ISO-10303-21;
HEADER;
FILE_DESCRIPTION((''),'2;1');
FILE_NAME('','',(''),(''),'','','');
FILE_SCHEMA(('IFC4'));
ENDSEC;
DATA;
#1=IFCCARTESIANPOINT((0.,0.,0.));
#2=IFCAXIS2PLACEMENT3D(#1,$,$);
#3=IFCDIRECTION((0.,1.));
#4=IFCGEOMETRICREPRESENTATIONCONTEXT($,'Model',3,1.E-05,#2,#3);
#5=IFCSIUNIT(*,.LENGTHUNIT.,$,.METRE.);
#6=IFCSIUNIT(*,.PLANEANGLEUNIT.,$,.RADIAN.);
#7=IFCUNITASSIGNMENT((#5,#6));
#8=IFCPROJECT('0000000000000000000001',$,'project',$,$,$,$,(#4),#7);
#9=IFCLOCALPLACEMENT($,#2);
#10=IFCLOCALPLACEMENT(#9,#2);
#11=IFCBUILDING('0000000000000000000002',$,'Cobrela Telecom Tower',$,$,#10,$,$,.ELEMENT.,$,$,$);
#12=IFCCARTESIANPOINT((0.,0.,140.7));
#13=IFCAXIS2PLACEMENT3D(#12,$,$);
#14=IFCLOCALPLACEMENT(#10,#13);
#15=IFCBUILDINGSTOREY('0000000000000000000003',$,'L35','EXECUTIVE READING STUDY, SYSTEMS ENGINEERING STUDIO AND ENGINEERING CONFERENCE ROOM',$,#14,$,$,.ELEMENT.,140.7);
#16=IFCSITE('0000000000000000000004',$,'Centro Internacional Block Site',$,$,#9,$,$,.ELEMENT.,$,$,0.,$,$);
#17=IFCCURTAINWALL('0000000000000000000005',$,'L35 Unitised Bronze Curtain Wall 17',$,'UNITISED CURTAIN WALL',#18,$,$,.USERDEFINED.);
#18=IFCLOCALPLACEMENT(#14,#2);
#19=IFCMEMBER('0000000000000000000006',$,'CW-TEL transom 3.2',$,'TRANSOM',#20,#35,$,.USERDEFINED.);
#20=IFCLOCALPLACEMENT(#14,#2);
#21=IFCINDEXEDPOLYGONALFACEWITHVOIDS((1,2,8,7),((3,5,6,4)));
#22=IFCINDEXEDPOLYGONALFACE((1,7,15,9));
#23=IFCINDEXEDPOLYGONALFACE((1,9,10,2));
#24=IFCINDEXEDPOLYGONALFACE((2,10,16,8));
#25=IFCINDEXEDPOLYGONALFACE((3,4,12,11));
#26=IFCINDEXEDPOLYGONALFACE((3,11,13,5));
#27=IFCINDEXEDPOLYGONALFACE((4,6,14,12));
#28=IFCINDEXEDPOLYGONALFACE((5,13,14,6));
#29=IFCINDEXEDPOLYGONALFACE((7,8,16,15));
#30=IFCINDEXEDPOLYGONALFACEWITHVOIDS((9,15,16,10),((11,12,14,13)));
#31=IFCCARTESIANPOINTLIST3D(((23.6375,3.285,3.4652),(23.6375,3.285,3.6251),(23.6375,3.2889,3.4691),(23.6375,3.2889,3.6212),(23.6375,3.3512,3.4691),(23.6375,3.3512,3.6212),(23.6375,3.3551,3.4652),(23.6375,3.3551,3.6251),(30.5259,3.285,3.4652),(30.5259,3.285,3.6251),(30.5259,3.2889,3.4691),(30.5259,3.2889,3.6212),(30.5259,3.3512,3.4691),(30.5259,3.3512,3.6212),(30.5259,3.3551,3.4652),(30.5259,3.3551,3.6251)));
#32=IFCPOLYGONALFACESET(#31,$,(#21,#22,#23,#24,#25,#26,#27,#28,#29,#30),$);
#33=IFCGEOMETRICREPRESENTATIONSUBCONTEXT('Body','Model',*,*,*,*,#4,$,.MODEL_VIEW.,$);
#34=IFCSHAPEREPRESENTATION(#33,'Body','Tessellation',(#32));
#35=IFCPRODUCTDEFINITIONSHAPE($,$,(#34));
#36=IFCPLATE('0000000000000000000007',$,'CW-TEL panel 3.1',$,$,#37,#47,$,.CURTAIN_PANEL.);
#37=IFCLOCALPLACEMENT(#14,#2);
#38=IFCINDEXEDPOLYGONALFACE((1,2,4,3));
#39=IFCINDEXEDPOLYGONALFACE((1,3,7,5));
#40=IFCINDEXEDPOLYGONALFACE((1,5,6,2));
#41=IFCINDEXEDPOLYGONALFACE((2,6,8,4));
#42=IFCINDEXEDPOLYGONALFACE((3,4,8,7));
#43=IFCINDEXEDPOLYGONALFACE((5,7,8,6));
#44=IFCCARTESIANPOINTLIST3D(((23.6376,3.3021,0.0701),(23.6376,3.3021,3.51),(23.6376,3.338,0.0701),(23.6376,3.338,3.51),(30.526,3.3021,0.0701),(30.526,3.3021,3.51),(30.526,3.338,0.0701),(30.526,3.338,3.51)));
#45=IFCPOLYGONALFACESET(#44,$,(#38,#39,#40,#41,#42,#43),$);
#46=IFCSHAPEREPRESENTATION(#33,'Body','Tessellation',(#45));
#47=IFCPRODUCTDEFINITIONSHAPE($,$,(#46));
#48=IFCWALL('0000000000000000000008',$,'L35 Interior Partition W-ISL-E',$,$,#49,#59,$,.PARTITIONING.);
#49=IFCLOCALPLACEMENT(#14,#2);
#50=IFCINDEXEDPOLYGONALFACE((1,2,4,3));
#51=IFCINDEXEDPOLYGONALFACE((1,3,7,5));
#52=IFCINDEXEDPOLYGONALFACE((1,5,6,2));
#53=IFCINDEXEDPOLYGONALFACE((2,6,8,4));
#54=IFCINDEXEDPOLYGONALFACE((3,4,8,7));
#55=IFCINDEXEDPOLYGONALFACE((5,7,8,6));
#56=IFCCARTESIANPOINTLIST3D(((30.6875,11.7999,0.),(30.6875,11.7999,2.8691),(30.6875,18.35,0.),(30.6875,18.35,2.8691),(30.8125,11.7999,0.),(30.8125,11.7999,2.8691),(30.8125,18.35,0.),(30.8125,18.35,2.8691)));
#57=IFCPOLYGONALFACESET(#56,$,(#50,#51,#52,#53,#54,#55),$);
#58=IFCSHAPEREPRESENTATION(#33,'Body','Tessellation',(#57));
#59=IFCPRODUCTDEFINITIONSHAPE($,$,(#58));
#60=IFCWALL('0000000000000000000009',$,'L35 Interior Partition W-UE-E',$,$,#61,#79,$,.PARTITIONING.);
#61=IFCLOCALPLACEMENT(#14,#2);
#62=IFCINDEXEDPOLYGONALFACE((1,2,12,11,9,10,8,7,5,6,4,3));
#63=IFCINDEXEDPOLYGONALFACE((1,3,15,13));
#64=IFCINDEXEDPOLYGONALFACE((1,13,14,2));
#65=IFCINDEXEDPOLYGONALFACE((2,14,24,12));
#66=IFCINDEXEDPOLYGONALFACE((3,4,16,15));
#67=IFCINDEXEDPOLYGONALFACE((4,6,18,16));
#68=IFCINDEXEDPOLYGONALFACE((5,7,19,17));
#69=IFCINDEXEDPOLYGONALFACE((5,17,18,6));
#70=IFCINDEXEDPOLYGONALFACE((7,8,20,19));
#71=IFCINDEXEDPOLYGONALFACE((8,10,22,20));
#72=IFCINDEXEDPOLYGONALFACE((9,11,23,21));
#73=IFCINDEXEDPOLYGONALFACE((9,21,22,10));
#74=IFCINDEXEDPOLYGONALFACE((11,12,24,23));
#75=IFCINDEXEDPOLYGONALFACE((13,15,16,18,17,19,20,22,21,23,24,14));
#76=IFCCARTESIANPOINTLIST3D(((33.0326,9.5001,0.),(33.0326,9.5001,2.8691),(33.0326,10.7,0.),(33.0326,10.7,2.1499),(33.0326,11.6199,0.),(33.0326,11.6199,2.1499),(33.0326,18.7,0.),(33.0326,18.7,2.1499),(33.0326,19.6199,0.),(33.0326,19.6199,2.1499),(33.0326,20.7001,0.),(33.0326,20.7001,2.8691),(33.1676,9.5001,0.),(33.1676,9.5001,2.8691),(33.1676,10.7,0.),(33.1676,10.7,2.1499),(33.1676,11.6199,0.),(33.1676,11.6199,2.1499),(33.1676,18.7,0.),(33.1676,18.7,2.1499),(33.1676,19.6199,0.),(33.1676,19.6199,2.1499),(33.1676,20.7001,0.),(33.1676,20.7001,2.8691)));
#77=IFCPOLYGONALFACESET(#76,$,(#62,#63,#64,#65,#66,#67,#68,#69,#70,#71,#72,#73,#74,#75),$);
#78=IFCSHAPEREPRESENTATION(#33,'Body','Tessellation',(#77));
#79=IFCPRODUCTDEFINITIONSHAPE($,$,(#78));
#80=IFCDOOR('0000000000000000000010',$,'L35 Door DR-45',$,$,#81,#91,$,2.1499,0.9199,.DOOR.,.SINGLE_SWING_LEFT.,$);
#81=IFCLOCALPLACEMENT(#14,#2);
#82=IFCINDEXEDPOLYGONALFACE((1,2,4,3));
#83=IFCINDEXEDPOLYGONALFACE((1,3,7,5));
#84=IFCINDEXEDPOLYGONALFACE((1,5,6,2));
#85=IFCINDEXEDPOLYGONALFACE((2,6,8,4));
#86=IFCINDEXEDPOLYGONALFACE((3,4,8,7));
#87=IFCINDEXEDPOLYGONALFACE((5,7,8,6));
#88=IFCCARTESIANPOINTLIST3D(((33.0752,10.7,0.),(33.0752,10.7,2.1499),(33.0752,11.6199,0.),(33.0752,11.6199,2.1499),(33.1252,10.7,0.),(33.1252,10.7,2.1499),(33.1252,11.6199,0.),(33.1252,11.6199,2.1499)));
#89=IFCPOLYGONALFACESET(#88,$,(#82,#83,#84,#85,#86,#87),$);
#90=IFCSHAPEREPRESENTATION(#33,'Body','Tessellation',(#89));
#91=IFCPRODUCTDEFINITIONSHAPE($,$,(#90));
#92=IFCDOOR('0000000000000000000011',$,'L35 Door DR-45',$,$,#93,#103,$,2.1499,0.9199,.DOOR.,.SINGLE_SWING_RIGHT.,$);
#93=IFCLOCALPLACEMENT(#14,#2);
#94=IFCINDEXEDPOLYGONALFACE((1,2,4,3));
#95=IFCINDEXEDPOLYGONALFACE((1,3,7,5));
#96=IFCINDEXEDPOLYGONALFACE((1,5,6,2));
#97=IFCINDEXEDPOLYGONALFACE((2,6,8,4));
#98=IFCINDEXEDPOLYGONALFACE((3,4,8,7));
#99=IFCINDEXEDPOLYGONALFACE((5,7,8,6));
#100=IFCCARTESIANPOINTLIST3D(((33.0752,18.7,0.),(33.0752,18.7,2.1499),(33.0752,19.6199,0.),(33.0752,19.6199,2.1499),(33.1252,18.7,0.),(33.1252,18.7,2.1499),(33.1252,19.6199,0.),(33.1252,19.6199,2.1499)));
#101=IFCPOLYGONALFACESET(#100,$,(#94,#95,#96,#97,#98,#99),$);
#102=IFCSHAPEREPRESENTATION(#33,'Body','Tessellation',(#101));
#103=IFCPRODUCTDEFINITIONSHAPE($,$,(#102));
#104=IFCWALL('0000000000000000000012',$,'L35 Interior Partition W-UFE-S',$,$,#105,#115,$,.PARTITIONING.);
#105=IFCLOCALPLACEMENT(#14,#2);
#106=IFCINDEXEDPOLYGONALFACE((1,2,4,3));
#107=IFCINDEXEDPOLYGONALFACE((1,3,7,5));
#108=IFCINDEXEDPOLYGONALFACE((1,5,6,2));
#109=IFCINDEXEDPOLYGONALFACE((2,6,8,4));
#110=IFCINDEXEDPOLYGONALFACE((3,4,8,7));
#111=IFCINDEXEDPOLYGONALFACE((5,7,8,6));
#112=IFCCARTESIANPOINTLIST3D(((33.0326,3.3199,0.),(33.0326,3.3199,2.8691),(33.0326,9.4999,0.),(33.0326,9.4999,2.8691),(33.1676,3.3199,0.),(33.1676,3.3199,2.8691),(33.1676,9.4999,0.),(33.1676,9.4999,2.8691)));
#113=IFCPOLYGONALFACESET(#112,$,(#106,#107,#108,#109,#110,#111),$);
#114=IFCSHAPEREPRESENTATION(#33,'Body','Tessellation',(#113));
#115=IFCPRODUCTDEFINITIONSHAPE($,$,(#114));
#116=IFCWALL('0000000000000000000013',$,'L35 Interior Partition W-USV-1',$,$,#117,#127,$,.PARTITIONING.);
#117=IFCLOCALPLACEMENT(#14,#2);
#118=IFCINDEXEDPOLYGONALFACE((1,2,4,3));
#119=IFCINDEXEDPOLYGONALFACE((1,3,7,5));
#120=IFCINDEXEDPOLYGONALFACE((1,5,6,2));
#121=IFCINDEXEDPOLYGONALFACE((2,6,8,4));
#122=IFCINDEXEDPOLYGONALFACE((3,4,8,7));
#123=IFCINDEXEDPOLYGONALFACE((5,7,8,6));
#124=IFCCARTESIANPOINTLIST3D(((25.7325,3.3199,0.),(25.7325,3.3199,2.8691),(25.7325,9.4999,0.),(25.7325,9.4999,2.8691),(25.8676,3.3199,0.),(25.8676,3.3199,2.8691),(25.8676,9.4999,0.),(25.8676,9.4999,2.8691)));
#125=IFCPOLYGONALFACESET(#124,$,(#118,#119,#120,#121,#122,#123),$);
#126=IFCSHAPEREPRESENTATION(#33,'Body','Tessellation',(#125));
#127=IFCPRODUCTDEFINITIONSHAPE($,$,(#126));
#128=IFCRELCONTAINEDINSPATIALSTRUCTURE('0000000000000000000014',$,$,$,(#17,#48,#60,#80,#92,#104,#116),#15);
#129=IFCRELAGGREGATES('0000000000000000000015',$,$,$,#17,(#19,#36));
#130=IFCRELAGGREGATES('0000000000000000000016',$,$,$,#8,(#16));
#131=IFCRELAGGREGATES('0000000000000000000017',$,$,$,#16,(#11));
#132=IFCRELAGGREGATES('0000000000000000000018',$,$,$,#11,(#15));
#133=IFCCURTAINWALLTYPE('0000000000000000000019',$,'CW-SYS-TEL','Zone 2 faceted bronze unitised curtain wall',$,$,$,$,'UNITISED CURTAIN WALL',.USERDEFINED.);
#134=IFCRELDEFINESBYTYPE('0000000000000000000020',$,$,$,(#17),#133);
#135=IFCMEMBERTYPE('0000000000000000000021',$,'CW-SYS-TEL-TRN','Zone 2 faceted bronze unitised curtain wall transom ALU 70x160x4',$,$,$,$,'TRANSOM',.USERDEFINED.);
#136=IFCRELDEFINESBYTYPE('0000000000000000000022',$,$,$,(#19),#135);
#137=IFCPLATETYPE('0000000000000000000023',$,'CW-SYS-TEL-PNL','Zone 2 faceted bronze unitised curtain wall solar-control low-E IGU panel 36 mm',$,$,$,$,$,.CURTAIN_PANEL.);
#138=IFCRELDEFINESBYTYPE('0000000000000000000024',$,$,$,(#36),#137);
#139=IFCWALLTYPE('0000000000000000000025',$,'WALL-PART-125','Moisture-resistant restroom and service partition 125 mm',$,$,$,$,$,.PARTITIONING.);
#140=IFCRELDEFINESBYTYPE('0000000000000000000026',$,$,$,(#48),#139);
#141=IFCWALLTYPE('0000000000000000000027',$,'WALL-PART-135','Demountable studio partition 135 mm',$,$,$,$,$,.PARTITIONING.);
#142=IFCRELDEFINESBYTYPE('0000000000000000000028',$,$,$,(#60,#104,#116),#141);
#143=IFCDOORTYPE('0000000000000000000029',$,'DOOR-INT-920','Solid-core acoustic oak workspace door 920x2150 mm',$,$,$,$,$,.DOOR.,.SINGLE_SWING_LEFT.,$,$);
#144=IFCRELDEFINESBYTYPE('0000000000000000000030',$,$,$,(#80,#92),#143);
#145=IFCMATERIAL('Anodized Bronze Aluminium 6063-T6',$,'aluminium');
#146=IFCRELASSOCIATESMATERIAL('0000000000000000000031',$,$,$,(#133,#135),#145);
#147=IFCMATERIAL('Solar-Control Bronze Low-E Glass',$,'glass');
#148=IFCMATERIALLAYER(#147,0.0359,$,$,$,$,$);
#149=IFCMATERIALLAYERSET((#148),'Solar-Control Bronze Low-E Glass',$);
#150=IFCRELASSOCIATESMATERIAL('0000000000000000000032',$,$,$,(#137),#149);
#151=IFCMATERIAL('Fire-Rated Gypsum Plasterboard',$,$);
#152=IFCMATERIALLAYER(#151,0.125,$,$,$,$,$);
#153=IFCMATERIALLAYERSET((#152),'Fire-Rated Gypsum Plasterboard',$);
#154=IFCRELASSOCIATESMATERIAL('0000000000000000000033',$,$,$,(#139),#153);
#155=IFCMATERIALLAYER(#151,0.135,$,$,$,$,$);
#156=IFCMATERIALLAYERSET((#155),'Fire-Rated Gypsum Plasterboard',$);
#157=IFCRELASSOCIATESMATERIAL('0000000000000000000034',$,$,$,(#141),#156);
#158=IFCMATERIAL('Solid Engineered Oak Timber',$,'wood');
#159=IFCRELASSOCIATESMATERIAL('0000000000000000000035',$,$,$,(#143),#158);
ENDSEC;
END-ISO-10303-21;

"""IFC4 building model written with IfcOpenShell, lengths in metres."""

from ifc_helpers import new_model, si_unit, direction, frame, frame_2d, origin, origin_2d, place, context, subcontext, project, spatial, rectangle, hollow_rectangle, extrude, material, layer, layer_set, material_profile, profile_set, type_object, element, fill, aggregate, save


model = new_model("IFC4")

# Units and contexts
model_context = context("Model", 3, precision=1e-05, world=origin(), true_north=direction((0.0, 1.0)))
body_context = subcontext(model_context, "Body", "Model", "MODEL_VIEW")
ifc_project = project(units=[si_unit("LENGTHUNIT", "METRE"), si_unit("PLANEANGLEUNIT", "RADIAN")], contexts=[model_context])

# Site, building, storey
site_placement = place(None, origin())
site = spatial("IfcSite", under=ifc_project, at=site_placement, Name="Centro Internacional Block Site", CompositionType="ELEMENT", RefElevation=0.0)
building_placement = place(site_placement, origin())
building = spatial("IfcBuilding", under=site, at=building_placement, Name="Cobrela Telecom Tower", CompositionType="ELEMENT")
storey_placement = place(building_placement, frame((0.0, 0.0, 140.7)))
storey = spatial("IfcBuildingStorey", under=building, at=storey_placement, Name="L35", Description="EXECUTIVE READING STUDY, SYSTEMS ENGINEERING STUDIO AND ENGINEERING CONFERENCE ROOM", CompositionType="ELEMENT", Elevation=140.7)

# Curtain wall, member, plate
ifc_material_1 = material(Name="Anodized Bronze Aluminium 6063-T6", Category="aluminium")
curtain_wall_type = type_object("IfcCurtainWallType", Name="CW-SYS-TEL", Description="Zone 2 faceted bronze unitised curtain wall", ElementType="UNITISED CURTAIN WALL", PredefinedType="USERDEFINED", material=ifc_material_1)
curtain_wall_placement = place(storey_placement, origin())
curtain_wall = element("IfcCurtainWall", 1, at=curtain_wall_placement, inside=storey, type_object=curtain_wall_type, Name="L35 Unitised Bronze Curtain Wall 17", ObjectType="UNITISED CURTAIN WALL", PredefinedType="USERDEFINED")
ifc_material_profile_1 = material_profile(ifc_material_1, hollow_rectangle(XDim=0.0701, YDim=0.1599, WallThickness=0.0039, at=origin_2d()), Name="ALU 70x160x4")
ifc_profile_set_1 = profile_set([ifc_material_profile_1], Name="Anodized Bronze Aluminium 6063-T6")
member_type_1 = type_object("IfcMemberType", Name="CW-SYS-TEL-TRN", Description="Zone 2 faceted bronze unitised curtain wall transom ALU 70x160x4", ElementType="TRANSOM", PredefinedType="USERDEFINED", material=ifc_profile_set_1)
member_1_placement = place(storey_placement, frame((30.5259, 3.3201, 3.5452), z_axis=(-1.0, 0.0, 0.0), x_axis=(0.0, -1.0, 0.0)))
member_1 = element("IfcMember", 2, at=member_1_placement, type_object=member_type_1, Name="CW-TEL transom 3.2", ObjectType="TRANSOM", PredefinedType="USERDEFINED", context=body_context, shape_type="SweptSolid", body=[
    extrude(hollow_rectangle(XDim=0.0701, YDim=0.1599, WallThickness=0.0039, at=origin_2d()), origin(), (0.0, 0.0, 1.0), 6.8884),
])
ifc_material_2 = material(Name="Solar-Control Bronze Low-E Glass", Category="glass")
ifc_layer_1 = layer(ifc_material_2, 0.0359)
ifc_layer_set_1 = layer_set([ifc_layer_1], Name="Solar-Control Bronze Low-E Glass")
plate_type = type_object("IfcPlateType", Name="CW-SYS-TEL-PNL", Description="Zone 2 faceted bronze unitised curtain wall solar-control low-E IGU panel 36 mm", PredefinedType="CURTAIN_PANEL", material=ifc_layer_set_1)
plate_placement = place(storey_placement, frame((27.0818, 3.3201, 0.0701), z_axis=(0.0, 0.0, 1.0), x_axis=(-1.0, 0.0, 0.0)))
plate = element("IfcPlate", 3, at=plate_placement, type_object=plate_type, Name="CW-TEL panel 3.1", PredefinedType="CURTAIN_PANEL", context=body_context, shape_type="SweptSolid", body=[
    extrude(rectangle(XDim=6.8884, YDim=0.0359, at=origin_2d()), origin(), (0.0, 0.0, 1.0), 3.4399),
])
aggregate(curtain_wall, [member_1, plate])

# Wall
ifc_material_3 = material(Name="Fire-Rated Gypsum Plasterboard")
ifc_layer_2 = layer(ifc_material_3, 0.125)
ifc_layer_set_2 = layer_set([ifc_layer_2], Name="Fire-Rated Gypsum Plasterboard")
wall_type_1 = type_object("IfcWallType", Name="WALL-PART-125", Description="Moisture-resistant restroom and service partition 125 mm", PredefinedType="PARTITIONING", material=ifc_layer_set_2)
wall_1_placement = place(storey_placement, frame((30.75, 11.8, 0.0), z_axis=(0.0, 0.0, 1.0), x_axis=(0.0, 1.0, 0.0)))
element("IfcWall", 4, at=wall_1_placement, inside=storey, type_object=wall_type_1, Name="L35 Interior Partition W-ISL-E", PredefinedType="PARTITIONING", context=body_context, shape_type="SweptSolid", body=[
    extrude(rectangle(XDim=6.55, YDim=0.125, at=frame_2d((3.2749, 0.0))), origin(), (0.0, 0.0, 1.0), 2.8691),
])

# Wall, openings, doors
ifc_layer_3 = layer(ifc_material_3, 0.135)
ifc_layer_set_3 = layer_set([ifc_layer_3], Name="Fire-Rated Gypsum Plasterboard")
wall_type_2 = type_object("IfcWallType", Name="WALL-PART-135", Description="Demountable studio partition 135 mm", PredefinedType="PARTITIONING", material=ifc_layer_set_3)
wall_2_placement = place(storey_placement, frame((33.1001, 9.5, 0.0), z_axis=(0.0, 0.0, 1.0), x_axis=(0.0, 1.0, 0.0)))
wall_2 = element("IfcWall", 5, at=wall_2_placement, inside=storey, type_object=wall_type_2, Name="L35 Interior Partition W-UE-E", PredefinedType="PARTITIONING", context=body_context, shape_type="SweptSolid", body=[
    extrude(rectangle(XDim=11.2, YDim=0.135, at=frame_2d((5.6001, 0.0))), origin(), (0.0, 0.0, 1.0), 2.8691),
])
opening_1_placement = place(wall_2_placement, frame((1.2, 0.0, 0.0)))
opening_1 = element("IfcOpeningElement", 6, at=opening_1_placement, cuts=wall_2, PredefinedType="OPENING", context=body_context, shape_type="SweptSolid", body=[
    extrude(rectangle(XDim=0.9199, YDim=2.1499, at=frame_2d((0.46, 1.075))), frame((0.0, 0.0796, 0.0), z_axis=(0.0, -1.0, 0.0), x_axis=(1.0, 0.0, 0.0)), (0.0, 0.0, 1.0), 0.1589),
])
opening_2_placement = place(wall_2_placement, frame((9.2, 0.0, 0.0)))
opening_2 = element("IfcOpeningElement", 7, at=opening_2_placement, cuts=wall_2, PredefinedType="OPENING", context=body_context, shape_type="SweptSolid", body=[
    extrude(rectangle(XDim=0.9199, YDim=2.1499, at=frame_2d((0.46, 1.075))), frame((0.0, 0.0796, 0.0), z_axis=(0.0, -1.0, 0.0), x_axis=(1.0, 0.0, 0.0)), (0.0, 0.0, 1.0), 0.1589),
])
ifc_material_4 = material(Name="Solid Engineered Oak Timber", Category="wood")
door_type = type_object("IfcDoorType", Name="DOOR-INT-920", Description="Solid-core acoustic oak workspace door 920x2150 mm", OperationType="SINGLE_SWING_LEFT", PredefinedType="DOOR", material=ifc_material_4)
door_1_placement = place(opening_1_placement, origin())
door_1 = element("IfcDoor", 8, at=door_1_placement, inside=storey, type_object=door_type, Name="L35 Door DR-45", OperationType="SINGLE_SWING_LEFT", OverallHeight=2.1499, OverallWidth=0.9199, PredefinedType="DOOR", context=body_context, shape_type="SweptSolid", body=[
    extrude(rectangle(XDim=0.9199, YDim=2.1499, at=frame_2d((0.46, 1.075))), frame((0.0, 0.0249, 0.0), z_axis=(0.0, -1.0, 0.0), x_axis=(1.0, 0.0, 0.0)), (0.0, 0.0, 1.0), 0.05),
])
fill(opening_1, door_1)
door_2_placement = place(opening_2_placement, origin())
door_2 = element("IfcDoor", 9, at=door_2_placement, inside=storey, type_object=door_type, Name="L35 Door DR-45", OperationType="SINGLE_SWING_RIGHT", OverallHeight=2.1499, OverallWidth=0.9199, PredefinedType="DOOR", context=body_context, shape_type="SweptSolid", body=[
    extrude(rectangle(XDim=0.9199, YDim=2.1499, at=frame_2d((0.46, 1.075))), frame((0.0, 0.0249, 0.0), z_axis=(0.0, -1.0, 0.0), x_axis=(1.0, 0.0, 0.0)), (0.0, 0.0, 1.0), 0.05),
])
fill(opening_2, door_2)

# Walls
for number, where, z_axis, x_axis, name in (
    (10, (33.1001, 3.3201, 0.0), (0.0, 0.0, 1.0), (0.0, 1.0, 0.0), "L35 Interior Partition W-UFE-S"),
    (11, (25.8, 3.3201, 0.0), (0.0, 0.0, 1.0), (0.0, 1.0, 0.0), "L35 Interior Partition W-USV-1"),
):
    element("IfcWall", number, at=place(storey_placement, frame(where, z_axis=z_axis, x_axis=x_axis)), inside=storey, type_object=wall_type_2, Name=name, PredefinedType="PARTITIONING", context=body_context, shape_type="SweptSolid", body=[
        extrude(rectangle(XDim=6.1799, YDim=0.135, at=frame_2d((3.0898, 0.0))), origin(), (0.0, 0.0, 1.0), 2.8691),
    ])

save(model, "model.ifc")
